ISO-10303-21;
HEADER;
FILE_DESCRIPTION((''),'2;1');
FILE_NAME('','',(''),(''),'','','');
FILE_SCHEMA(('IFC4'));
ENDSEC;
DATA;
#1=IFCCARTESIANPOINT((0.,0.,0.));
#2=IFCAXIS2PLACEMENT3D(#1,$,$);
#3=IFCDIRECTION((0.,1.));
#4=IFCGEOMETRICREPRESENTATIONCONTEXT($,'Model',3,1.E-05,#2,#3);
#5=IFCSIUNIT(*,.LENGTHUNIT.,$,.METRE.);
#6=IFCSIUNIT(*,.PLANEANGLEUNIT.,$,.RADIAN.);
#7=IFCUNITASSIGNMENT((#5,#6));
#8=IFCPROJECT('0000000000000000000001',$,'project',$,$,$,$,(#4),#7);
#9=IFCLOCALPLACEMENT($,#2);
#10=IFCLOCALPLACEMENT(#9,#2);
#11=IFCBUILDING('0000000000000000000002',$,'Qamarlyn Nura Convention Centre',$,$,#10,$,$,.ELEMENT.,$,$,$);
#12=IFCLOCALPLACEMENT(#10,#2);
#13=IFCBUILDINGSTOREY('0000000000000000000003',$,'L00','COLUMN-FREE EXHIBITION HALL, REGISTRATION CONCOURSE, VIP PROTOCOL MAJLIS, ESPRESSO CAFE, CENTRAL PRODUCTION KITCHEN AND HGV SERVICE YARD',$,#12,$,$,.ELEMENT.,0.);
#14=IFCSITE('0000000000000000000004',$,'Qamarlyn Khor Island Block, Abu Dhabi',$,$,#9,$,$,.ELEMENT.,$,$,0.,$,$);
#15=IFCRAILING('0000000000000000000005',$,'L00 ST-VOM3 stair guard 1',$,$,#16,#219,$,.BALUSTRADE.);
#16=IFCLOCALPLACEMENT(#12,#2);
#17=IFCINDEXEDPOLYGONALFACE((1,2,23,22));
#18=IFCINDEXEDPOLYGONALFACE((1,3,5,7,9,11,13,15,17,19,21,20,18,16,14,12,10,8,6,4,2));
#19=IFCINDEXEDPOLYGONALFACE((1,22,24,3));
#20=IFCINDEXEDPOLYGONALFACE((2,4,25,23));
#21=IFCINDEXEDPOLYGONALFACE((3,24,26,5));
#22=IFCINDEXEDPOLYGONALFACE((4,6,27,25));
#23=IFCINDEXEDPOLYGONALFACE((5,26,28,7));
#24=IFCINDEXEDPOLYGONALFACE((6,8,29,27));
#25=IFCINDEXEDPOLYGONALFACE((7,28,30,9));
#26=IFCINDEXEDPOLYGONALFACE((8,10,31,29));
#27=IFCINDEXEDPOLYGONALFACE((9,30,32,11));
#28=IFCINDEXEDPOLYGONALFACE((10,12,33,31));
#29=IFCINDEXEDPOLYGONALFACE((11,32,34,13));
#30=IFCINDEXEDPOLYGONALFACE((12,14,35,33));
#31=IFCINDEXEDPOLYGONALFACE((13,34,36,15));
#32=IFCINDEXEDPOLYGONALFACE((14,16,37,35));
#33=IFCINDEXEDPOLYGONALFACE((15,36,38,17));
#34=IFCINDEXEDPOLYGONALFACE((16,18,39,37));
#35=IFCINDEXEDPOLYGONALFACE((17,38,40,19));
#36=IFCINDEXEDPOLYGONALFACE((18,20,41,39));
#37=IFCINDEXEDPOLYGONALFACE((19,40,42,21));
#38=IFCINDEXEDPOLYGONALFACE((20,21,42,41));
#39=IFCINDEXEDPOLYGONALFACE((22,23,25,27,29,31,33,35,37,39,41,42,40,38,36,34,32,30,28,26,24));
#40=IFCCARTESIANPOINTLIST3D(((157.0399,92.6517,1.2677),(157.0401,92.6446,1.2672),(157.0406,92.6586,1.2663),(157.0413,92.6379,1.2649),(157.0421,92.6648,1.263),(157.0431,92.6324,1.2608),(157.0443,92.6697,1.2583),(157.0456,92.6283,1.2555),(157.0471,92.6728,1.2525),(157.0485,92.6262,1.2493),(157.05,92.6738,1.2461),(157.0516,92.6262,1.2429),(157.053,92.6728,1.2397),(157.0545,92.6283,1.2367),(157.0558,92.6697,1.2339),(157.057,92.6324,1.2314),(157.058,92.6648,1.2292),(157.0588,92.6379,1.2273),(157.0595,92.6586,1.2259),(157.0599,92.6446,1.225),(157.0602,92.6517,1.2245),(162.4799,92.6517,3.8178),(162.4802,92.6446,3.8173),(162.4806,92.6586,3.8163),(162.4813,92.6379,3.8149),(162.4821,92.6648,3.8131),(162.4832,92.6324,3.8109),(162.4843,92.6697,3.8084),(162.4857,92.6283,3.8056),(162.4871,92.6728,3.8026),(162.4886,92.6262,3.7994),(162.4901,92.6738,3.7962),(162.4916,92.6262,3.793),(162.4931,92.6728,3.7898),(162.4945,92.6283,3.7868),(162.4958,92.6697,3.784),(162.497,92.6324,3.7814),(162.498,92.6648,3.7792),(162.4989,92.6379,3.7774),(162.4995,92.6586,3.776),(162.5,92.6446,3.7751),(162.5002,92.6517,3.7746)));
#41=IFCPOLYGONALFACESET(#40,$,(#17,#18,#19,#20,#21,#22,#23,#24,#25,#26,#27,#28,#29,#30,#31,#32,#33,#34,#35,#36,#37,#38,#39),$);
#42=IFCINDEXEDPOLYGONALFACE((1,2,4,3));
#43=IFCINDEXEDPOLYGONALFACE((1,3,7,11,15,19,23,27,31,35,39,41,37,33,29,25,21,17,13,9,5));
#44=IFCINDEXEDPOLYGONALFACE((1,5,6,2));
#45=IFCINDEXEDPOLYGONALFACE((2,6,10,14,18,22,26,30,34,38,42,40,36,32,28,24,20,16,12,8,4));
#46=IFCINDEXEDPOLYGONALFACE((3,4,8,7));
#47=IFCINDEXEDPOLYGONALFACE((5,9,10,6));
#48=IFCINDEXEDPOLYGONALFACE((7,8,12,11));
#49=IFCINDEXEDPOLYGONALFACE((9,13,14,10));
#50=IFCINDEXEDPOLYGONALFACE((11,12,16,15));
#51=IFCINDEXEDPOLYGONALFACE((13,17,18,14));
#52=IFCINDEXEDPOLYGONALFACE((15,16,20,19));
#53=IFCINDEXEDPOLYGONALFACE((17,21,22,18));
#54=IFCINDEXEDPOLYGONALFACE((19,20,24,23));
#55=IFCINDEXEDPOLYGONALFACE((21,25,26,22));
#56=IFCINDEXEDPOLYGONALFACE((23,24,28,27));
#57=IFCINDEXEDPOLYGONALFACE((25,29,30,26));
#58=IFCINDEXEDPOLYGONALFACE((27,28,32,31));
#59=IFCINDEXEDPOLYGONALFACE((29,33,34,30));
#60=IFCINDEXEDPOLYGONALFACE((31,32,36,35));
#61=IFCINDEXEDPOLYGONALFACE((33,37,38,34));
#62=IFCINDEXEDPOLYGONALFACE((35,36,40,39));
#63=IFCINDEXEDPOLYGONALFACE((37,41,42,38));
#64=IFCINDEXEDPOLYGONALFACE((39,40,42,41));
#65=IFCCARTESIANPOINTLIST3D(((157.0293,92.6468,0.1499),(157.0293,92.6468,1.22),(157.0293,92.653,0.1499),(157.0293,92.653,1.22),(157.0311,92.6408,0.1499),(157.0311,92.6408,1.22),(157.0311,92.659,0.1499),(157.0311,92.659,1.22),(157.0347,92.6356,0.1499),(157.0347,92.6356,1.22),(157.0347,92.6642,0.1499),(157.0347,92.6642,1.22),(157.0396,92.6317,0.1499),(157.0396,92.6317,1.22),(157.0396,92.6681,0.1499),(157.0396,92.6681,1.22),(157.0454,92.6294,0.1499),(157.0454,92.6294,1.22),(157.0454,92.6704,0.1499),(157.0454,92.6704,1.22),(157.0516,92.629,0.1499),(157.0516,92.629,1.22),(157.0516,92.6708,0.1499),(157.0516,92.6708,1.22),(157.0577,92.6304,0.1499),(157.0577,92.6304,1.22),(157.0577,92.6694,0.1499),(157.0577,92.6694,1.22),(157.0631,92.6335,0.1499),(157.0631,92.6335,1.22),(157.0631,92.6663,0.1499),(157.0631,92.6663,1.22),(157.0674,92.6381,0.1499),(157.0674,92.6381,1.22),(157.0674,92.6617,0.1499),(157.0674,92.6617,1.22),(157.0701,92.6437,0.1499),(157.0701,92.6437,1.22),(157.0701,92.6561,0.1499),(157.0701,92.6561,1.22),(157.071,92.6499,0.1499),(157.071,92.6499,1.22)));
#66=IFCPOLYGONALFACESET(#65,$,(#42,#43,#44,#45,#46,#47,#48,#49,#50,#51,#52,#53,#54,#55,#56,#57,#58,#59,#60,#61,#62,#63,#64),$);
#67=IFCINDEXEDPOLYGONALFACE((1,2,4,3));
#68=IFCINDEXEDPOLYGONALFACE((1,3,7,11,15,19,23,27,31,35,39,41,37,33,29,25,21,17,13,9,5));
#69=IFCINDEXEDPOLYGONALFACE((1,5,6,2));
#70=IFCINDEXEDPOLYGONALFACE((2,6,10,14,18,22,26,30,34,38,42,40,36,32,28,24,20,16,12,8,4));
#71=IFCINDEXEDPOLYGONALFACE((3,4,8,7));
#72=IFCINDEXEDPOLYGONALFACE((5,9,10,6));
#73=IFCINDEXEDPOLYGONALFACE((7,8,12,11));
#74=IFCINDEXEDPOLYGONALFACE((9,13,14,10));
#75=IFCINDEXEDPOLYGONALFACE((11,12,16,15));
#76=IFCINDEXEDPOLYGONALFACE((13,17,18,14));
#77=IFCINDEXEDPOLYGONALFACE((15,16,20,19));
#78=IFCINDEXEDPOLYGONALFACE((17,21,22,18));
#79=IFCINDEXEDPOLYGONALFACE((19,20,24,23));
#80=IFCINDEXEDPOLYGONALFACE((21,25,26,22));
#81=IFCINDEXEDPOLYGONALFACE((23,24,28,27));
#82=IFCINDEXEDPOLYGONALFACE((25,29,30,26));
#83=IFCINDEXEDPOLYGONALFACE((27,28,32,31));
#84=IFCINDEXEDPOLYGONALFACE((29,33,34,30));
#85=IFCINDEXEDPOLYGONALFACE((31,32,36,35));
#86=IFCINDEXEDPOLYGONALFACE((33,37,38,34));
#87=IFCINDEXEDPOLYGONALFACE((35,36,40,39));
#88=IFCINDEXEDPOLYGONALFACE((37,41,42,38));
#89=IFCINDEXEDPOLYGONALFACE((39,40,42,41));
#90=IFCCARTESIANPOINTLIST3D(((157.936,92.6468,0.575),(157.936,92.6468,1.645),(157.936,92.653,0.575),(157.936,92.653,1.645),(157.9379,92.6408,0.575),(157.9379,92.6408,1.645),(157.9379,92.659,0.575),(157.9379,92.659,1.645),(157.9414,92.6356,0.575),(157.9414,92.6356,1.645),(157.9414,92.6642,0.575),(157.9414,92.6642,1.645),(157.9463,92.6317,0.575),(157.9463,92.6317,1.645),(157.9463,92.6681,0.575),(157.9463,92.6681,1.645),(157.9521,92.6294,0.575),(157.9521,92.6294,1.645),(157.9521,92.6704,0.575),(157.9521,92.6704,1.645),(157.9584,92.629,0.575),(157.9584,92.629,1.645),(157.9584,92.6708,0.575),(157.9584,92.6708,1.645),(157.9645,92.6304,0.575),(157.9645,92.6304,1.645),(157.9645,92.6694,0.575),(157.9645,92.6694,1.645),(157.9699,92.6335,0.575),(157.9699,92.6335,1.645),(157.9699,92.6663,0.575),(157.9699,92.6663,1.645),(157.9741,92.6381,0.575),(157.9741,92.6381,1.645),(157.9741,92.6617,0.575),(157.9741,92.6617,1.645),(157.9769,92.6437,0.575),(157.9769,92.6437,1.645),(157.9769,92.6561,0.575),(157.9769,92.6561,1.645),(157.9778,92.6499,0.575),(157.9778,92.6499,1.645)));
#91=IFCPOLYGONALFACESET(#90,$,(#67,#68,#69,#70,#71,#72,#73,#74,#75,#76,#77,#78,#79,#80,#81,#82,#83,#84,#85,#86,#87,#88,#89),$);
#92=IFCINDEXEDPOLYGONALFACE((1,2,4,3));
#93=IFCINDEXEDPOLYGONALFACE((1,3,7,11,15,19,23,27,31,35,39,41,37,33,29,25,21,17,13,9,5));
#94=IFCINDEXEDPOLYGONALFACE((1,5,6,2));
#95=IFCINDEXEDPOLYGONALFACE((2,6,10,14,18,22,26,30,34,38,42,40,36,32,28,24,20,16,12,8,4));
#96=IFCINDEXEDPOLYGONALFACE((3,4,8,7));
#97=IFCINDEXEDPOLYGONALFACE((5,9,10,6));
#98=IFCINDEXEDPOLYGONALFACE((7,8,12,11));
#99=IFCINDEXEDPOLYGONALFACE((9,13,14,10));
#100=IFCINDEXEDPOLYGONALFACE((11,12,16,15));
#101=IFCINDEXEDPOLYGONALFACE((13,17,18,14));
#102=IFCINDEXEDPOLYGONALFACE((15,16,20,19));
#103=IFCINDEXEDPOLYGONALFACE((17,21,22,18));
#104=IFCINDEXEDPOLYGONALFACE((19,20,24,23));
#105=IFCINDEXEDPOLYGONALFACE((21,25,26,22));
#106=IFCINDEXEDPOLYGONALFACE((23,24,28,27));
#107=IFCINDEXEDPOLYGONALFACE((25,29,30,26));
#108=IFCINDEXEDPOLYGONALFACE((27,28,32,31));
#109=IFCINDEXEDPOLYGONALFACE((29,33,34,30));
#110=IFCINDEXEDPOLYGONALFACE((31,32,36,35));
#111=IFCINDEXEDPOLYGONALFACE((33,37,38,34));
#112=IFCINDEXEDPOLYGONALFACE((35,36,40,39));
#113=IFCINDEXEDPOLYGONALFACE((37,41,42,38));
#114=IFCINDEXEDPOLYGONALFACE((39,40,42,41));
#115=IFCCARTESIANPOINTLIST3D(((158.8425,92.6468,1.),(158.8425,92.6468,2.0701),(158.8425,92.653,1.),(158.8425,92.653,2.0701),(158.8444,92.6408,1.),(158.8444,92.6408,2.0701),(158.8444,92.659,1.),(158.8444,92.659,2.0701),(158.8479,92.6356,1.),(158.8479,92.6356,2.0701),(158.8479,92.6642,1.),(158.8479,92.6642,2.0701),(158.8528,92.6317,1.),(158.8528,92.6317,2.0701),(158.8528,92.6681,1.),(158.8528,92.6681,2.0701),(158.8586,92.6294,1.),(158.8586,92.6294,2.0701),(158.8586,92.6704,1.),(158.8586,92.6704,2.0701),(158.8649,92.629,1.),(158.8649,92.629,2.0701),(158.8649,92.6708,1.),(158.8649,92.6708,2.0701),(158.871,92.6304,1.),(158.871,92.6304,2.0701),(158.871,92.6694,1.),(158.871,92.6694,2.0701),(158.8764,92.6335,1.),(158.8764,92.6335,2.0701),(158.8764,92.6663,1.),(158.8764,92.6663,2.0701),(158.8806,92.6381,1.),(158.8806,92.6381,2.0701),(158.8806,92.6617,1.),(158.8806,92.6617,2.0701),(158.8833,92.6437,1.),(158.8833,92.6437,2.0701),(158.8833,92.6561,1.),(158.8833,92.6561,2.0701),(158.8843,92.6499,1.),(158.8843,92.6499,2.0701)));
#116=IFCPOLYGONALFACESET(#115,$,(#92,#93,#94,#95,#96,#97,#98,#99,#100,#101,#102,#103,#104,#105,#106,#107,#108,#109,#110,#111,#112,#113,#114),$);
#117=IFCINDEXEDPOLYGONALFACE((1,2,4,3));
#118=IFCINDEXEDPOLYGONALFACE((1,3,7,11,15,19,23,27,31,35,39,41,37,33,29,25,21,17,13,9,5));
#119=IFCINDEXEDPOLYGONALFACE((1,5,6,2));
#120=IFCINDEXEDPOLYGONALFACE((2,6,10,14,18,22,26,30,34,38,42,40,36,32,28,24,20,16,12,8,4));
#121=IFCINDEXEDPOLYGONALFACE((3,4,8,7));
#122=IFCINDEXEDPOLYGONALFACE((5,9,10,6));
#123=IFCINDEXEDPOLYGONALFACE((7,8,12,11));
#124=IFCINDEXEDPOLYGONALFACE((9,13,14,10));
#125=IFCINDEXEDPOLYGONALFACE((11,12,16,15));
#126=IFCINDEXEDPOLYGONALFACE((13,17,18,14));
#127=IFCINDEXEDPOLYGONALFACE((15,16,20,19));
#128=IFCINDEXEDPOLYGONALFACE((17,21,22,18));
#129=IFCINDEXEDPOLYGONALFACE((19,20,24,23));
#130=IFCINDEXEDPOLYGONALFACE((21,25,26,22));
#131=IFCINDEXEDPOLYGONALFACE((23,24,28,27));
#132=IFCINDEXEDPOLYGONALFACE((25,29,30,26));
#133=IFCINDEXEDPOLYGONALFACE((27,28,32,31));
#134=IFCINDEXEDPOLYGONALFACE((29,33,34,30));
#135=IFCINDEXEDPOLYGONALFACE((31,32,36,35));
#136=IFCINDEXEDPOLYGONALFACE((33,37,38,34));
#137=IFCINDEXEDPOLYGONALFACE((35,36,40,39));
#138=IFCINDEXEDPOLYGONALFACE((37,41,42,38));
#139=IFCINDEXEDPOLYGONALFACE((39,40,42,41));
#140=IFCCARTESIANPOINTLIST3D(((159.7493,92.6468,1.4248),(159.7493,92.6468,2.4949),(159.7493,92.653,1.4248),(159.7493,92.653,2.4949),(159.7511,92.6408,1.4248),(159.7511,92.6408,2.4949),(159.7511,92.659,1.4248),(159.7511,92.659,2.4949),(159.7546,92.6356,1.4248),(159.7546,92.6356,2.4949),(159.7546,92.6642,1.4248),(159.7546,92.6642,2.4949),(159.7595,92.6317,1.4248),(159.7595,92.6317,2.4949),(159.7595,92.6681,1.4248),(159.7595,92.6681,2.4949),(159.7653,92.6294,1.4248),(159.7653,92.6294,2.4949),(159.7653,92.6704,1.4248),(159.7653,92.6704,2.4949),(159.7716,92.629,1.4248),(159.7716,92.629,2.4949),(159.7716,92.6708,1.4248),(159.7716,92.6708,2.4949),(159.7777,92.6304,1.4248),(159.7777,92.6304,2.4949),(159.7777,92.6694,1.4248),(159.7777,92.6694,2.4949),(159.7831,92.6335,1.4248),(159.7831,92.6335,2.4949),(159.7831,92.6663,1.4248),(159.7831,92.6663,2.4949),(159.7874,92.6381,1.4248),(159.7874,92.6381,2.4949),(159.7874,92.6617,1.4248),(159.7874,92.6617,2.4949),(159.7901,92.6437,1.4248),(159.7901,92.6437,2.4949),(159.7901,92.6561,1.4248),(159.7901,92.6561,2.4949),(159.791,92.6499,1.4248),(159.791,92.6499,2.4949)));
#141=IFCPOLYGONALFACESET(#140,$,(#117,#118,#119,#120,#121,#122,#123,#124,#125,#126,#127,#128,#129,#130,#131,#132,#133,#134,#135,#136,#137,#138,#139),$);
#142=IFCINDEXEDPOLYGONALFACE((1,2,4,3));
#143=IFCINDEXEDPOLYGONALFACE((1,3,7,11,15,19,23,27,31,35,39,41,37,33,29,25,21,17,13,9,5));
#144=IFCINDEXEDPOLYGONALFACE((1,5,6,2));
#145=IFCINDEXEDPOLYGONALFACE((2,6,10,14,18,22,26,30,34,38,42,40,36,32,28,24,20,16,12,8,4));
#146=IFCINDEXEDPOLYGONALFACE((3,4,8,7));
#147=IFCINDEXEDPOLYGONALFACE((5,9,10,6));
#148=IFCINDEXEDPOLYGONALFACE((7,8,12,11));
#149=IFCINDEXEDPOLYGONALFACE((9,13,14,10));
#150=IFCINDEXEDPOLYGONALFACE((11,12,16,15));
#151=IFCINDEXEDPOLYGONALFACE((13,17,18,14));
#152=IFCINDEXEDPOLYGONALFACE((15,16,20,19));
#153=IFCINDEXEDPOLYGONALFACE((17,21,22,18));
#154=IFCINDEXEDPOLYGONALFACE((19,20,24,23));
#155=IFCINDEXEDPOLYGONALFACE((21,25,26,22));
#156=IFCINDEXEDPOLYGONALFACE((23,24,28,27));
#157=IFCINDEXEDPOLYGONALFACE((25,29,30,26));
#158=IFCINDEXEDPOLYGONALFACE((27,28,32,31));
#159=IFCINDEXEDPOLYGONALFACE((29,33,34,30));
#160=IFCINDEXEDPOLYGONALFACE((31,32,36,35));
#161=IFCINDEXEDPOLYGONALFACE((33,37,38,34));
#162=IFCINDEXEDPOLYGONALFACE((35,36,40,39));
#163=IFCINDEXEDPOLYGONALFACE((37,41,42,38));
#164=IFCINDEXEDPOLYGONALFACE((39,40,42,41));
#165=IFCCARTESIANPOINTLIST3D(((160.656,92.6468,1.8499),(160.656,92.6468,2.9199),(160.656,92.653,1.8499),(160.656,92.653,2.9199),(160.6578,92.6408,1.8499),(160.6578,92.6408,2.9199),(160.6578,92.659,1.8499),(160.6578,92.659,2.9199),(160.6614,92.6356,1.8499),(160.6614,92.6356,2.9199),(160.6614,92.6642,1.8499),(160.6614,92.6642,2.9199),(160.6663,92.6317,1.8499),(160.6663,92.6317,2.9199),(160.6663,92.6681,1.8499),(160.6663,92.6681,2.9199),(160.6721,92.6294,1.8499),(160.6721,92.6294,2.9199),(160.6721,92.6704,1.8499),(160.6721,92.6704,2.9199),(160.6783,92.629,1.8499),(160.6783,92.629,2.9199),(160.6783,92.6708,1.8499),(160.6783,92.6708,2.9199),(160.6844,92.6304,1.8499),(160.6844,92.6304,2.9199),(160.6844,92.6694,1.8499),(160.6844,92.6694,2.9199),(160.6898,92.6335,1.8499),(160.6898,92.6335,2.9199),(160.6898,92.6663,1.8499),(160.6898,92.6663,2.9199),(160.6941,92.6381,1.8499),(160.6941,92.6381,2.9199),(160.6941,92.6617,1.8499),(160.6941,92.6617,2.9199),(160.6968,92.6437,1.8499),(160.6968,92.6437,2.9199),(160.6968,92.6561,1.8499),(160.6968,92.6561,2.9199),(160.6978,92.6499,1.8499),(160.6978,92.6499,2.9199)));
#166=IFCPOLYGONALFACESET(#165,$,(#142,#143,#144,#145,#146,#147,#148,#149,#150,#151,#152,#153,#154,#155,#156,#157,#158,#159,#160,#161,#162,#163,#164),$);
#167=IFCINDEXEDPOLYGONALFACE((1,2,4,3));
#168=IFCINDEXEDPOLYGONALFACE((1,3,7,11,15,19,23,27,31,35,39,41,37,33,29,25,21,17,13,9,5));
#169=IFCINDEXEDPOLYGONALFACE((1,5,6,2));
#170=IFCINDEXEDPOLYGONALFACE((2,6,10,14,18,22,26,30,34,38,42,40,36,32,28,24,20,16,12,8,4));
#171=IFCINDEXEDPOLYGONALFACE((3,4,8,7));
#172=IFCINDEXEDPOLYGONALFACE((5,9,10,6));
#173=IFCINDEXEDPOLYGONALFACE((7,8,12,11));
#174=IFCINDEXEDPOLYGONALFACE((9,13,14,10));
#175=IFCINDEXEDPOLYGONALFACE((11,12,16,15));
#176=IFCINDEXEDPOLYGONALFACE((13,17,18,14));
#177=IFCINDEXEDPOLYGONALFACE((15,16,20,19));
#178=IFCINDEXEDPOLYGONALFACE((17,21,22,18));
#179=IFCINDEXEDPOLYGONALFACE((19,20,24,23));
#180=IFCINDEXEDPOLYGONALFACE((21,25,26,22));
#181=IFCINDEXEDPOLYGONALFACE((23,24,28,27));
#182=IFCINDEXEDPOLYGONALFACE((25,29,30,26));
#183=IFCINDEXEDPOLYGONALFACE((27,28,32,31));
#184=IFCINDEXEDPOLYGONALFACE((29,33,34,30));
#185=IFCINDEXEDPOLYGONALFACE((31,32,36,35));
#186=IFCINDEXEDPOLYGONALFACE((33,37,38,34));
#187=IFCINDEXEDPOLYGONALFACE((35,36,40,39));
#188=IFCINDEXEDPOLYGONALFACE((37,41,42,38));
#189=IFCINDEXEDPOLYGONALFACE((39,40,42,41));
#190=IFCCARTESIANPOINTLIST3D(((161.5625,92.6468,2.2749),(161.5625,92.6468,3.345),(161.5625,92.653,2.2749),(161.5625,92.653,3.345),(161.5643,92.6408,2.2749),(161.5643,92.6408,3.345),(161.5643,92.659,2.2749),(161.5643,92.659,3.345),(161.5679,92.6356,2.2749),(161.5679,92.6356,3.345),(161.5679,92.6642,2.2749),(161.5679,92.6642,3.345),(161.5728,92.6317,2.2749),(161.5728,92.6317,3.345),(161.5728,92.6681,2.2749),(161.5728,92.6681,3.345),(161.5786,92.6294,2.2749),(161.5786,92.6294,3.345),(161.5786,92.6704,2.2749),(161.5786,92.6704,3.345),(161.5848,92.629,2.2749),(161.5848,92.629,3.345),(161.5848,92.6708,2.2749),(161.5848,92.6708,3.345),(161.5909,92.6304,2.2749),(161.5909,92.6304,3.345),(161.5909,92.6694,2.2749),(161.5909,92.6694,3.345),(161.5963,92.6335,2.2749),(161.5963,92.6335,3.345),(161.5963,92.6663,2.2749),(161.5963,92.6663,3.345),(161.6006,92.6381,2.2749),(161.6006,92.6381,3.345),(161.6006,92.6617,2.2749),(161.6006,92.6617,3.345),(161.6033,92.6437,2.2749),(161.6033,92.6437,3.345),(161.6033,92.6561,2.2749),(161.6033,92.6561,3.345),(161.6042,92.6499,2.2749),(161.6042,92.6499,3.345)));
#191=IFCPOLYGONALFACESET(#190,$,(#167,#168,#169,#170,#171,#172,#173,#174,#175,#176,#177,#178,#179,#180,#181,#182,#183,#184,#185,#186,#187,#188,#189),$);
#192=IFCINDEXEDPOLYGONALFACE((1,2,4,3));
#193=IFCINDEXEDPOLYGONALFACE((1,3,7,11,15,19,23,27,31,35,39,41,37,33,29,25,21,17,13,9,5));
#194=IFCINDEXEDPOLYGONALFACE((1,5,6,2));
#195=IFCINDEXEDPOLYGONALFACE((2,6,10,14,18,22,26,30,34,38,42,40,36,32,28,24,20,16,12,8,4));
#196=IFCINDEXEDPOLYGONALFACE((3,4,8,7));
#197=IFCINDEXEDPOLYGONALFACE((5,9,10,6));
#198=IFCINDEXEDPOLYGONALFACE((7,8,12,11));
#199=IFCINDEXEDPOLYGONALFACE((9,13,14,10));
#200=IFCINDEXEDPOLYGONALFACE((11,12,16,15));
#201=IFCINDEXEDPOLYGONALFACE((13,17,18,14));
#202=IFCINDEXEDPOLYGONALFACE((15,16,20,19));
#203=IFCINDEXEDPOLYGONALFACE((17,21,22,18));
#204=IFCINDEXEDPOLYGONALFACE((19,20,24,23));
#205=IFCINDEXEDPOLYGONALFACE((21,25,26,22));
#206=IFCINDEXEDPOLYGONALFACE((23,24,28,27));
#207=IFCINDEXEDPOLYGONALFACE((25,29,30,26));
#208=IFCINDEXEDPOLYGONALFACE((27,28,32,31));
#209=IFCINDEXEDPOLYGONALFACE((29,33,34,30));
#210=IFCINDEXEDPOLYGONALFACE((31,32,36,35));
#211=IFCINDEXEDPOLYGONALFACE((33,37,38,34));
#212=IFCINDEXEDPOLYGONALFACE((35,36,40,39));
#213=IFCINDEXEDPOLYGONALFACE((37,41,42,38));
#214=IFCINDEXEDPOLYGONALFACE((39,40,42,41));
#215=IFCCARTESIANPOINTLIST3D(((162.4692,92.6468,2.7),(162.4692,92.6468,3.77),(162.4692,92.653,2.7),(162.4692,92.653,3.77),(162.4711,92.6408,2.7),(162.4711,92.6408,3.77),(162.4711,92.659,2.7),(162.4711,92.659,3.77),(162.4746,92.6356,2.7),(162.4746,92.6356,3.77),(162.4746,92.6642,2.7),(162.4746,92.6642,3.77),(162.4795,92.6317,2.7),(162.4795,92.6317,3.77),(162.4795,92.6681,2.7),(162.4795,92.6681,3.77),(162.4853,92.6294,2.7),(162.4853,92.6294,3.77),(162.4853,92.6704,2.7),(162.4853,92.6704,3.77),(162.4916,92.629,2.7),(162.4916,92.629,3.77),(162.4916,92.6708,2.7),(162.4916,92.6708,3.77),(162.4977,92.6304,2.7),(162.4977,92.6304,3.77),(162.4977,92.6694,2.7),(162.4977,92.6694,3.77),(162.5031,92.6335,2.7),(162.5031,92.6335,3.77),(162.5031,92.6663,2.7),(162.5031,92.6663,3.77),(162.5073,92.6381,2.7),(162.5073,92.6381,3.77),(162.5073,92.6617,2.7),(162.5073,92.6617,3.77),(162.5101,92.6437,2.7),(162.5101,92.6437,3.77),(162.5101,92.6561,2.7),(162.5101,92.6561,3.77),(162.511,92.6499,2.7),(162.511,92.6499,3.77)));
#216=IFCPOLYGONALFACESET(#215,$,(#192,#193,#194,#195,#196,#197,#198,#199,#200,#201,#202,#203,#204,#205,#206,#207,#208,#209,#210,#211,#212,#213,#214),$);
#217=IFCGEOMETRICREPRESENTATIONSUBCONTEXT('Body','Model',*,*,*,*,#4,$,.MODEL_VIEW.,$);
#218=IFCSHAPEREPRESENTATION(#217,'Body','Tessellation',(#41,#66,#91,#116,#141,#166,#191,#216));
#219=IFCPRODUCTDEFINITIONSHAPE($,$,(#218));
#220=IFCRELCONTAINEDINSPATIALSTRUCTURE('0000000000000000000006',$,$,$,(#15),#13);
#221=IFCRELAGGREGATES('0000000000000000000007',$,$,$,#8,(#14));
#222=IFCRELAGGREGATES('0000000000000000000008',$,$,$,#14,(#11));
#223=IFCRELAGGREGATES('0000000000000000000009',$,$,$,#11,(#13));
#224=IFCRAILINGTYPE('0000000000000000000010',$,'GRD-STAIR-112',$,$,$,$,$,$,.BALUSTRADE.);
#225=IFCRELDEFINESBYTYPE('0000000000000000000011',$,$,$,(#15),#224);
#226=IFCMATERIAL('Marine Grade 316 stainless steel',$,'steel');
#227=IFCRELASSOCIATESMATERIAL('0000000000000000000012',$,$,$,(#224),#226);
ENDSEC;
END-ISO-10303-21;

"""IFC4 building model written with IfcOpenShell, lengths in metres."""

from ifc_helpers import new_model, si_unit, direction, frame, origin, origin_2d, place, context, subcontext, project, spatial, circle, extrude, material, type_object, element, save


model = new_model("IFC4")

# Units and contexts
model_context = context("Model", 3, precision=1e-05, world=origin(), true_north=direction((0.0, 1.0)))
body_context = subcontext(model_context, "Body", "Model", "MODEL_VIEW")
ifc_project = project(units=[si_unit("LENGTHUNIT", "METRE"), si_unit("PLANEANGLEUNIT", "RADIAN")], contexts=[model_context])

# Site, building, storey
site_placement = place(None, origin())
site = spatial("IfcSite", under=ifc_project, at=site_placement, Name="Qamarlyn Khor Island Block, Abu Dhabi", CompositionType="ELEMENT", RefElevation=0.0)
building_placement = place(site_placement, origin())
building = spatial("IfcBuilding", under=site, at=building_placement, Name="Qamarlyn Nura Convention Centre", CompositionType="ELEMENT")
storey_placement = place(building_placement, origin())
storey = spatial("IfcBuildingStorey", under=building, at=storey_placement, Name="L00", Description="COLUMN-FREE EXHIBITION HALL, REGISTRATION CONCOURSE, VIP PROTOCOL MAJLIS, ESPRESSO CAFE, CENTRAL PRODUCTION KITCHEN AND HGV SERVICE YARD", CompositionType="ELEMENT", Elevation=0.0)

# Railing
ifc_material_1 = material(Name="Marine Grade 316 stainless steel", Category="steel")
railing_type_1 = type_object("IfcRailingType", Name="GRD-STAIR-112", PredefinedType="BALUSTRADE", material=ifc_material_1)
railing_1_placement = place(storey_placement, frame((157.05, 92.6499, 0.1499)))
element("IfcRailing", 1, at=railing_1_placement, inside=storey, type_object=railing_type_1, Name="L00 ST-VOM3 stair guard 1", PredefinedType="BALUSTRADE", context=body_context, shape_type="SweptSolid", body=[
    extrude(circle(Radius=0.0239, at=origin_2d()), frame((0.0, 0.0, 1.0962), z_axis=(0.905454, 0.0, 0.424444), x_axis=(0.0, 1.0, 0.0)), (0.0, 0.0, 1.0), 6.0081),
    extrude(circle(Radius=0.021, at=origin_2d()), origin(), (0.0, 0.0, 1.0), 1.0701),
    extrude(circle(Radius=0.021, at=origin_2d()), frame((0.9067, 0.0, 0.425)), (0.0, 0.0, 1.0), 1.0701),
    extrude(circle(Radius=0.021, at=origin_2d()), frame((1.8132, 0.0, 0.8501)), (0.0, 0.0, 1.0), 1.0701),
    extrude(circle(Radius=0.021, at=origin_2d()), frame((2.72, 0.0, 1.2749)), (0.0, 0.0, 1.0), 1.0701),
    extrude(circle(Radius=0.021, at=origin_2d()), frame((3.6267, 0.0, 1.7)), (0.0, 0.0, 1.0), 1.0701),
    extrude(circle(Radius=0.021, at=origin_2d()), frame((4.5332, 0.0, 2.125)), (0.0, 0.0, 1.0), 1.0701),
    extrude(circle(Radius=0.021, at=origin_2d()), frame((5.4399, 0.0, 2.55)), (0.0, 0.0, 1.0), 1.0701),
])

save(model, "model.ifc")
